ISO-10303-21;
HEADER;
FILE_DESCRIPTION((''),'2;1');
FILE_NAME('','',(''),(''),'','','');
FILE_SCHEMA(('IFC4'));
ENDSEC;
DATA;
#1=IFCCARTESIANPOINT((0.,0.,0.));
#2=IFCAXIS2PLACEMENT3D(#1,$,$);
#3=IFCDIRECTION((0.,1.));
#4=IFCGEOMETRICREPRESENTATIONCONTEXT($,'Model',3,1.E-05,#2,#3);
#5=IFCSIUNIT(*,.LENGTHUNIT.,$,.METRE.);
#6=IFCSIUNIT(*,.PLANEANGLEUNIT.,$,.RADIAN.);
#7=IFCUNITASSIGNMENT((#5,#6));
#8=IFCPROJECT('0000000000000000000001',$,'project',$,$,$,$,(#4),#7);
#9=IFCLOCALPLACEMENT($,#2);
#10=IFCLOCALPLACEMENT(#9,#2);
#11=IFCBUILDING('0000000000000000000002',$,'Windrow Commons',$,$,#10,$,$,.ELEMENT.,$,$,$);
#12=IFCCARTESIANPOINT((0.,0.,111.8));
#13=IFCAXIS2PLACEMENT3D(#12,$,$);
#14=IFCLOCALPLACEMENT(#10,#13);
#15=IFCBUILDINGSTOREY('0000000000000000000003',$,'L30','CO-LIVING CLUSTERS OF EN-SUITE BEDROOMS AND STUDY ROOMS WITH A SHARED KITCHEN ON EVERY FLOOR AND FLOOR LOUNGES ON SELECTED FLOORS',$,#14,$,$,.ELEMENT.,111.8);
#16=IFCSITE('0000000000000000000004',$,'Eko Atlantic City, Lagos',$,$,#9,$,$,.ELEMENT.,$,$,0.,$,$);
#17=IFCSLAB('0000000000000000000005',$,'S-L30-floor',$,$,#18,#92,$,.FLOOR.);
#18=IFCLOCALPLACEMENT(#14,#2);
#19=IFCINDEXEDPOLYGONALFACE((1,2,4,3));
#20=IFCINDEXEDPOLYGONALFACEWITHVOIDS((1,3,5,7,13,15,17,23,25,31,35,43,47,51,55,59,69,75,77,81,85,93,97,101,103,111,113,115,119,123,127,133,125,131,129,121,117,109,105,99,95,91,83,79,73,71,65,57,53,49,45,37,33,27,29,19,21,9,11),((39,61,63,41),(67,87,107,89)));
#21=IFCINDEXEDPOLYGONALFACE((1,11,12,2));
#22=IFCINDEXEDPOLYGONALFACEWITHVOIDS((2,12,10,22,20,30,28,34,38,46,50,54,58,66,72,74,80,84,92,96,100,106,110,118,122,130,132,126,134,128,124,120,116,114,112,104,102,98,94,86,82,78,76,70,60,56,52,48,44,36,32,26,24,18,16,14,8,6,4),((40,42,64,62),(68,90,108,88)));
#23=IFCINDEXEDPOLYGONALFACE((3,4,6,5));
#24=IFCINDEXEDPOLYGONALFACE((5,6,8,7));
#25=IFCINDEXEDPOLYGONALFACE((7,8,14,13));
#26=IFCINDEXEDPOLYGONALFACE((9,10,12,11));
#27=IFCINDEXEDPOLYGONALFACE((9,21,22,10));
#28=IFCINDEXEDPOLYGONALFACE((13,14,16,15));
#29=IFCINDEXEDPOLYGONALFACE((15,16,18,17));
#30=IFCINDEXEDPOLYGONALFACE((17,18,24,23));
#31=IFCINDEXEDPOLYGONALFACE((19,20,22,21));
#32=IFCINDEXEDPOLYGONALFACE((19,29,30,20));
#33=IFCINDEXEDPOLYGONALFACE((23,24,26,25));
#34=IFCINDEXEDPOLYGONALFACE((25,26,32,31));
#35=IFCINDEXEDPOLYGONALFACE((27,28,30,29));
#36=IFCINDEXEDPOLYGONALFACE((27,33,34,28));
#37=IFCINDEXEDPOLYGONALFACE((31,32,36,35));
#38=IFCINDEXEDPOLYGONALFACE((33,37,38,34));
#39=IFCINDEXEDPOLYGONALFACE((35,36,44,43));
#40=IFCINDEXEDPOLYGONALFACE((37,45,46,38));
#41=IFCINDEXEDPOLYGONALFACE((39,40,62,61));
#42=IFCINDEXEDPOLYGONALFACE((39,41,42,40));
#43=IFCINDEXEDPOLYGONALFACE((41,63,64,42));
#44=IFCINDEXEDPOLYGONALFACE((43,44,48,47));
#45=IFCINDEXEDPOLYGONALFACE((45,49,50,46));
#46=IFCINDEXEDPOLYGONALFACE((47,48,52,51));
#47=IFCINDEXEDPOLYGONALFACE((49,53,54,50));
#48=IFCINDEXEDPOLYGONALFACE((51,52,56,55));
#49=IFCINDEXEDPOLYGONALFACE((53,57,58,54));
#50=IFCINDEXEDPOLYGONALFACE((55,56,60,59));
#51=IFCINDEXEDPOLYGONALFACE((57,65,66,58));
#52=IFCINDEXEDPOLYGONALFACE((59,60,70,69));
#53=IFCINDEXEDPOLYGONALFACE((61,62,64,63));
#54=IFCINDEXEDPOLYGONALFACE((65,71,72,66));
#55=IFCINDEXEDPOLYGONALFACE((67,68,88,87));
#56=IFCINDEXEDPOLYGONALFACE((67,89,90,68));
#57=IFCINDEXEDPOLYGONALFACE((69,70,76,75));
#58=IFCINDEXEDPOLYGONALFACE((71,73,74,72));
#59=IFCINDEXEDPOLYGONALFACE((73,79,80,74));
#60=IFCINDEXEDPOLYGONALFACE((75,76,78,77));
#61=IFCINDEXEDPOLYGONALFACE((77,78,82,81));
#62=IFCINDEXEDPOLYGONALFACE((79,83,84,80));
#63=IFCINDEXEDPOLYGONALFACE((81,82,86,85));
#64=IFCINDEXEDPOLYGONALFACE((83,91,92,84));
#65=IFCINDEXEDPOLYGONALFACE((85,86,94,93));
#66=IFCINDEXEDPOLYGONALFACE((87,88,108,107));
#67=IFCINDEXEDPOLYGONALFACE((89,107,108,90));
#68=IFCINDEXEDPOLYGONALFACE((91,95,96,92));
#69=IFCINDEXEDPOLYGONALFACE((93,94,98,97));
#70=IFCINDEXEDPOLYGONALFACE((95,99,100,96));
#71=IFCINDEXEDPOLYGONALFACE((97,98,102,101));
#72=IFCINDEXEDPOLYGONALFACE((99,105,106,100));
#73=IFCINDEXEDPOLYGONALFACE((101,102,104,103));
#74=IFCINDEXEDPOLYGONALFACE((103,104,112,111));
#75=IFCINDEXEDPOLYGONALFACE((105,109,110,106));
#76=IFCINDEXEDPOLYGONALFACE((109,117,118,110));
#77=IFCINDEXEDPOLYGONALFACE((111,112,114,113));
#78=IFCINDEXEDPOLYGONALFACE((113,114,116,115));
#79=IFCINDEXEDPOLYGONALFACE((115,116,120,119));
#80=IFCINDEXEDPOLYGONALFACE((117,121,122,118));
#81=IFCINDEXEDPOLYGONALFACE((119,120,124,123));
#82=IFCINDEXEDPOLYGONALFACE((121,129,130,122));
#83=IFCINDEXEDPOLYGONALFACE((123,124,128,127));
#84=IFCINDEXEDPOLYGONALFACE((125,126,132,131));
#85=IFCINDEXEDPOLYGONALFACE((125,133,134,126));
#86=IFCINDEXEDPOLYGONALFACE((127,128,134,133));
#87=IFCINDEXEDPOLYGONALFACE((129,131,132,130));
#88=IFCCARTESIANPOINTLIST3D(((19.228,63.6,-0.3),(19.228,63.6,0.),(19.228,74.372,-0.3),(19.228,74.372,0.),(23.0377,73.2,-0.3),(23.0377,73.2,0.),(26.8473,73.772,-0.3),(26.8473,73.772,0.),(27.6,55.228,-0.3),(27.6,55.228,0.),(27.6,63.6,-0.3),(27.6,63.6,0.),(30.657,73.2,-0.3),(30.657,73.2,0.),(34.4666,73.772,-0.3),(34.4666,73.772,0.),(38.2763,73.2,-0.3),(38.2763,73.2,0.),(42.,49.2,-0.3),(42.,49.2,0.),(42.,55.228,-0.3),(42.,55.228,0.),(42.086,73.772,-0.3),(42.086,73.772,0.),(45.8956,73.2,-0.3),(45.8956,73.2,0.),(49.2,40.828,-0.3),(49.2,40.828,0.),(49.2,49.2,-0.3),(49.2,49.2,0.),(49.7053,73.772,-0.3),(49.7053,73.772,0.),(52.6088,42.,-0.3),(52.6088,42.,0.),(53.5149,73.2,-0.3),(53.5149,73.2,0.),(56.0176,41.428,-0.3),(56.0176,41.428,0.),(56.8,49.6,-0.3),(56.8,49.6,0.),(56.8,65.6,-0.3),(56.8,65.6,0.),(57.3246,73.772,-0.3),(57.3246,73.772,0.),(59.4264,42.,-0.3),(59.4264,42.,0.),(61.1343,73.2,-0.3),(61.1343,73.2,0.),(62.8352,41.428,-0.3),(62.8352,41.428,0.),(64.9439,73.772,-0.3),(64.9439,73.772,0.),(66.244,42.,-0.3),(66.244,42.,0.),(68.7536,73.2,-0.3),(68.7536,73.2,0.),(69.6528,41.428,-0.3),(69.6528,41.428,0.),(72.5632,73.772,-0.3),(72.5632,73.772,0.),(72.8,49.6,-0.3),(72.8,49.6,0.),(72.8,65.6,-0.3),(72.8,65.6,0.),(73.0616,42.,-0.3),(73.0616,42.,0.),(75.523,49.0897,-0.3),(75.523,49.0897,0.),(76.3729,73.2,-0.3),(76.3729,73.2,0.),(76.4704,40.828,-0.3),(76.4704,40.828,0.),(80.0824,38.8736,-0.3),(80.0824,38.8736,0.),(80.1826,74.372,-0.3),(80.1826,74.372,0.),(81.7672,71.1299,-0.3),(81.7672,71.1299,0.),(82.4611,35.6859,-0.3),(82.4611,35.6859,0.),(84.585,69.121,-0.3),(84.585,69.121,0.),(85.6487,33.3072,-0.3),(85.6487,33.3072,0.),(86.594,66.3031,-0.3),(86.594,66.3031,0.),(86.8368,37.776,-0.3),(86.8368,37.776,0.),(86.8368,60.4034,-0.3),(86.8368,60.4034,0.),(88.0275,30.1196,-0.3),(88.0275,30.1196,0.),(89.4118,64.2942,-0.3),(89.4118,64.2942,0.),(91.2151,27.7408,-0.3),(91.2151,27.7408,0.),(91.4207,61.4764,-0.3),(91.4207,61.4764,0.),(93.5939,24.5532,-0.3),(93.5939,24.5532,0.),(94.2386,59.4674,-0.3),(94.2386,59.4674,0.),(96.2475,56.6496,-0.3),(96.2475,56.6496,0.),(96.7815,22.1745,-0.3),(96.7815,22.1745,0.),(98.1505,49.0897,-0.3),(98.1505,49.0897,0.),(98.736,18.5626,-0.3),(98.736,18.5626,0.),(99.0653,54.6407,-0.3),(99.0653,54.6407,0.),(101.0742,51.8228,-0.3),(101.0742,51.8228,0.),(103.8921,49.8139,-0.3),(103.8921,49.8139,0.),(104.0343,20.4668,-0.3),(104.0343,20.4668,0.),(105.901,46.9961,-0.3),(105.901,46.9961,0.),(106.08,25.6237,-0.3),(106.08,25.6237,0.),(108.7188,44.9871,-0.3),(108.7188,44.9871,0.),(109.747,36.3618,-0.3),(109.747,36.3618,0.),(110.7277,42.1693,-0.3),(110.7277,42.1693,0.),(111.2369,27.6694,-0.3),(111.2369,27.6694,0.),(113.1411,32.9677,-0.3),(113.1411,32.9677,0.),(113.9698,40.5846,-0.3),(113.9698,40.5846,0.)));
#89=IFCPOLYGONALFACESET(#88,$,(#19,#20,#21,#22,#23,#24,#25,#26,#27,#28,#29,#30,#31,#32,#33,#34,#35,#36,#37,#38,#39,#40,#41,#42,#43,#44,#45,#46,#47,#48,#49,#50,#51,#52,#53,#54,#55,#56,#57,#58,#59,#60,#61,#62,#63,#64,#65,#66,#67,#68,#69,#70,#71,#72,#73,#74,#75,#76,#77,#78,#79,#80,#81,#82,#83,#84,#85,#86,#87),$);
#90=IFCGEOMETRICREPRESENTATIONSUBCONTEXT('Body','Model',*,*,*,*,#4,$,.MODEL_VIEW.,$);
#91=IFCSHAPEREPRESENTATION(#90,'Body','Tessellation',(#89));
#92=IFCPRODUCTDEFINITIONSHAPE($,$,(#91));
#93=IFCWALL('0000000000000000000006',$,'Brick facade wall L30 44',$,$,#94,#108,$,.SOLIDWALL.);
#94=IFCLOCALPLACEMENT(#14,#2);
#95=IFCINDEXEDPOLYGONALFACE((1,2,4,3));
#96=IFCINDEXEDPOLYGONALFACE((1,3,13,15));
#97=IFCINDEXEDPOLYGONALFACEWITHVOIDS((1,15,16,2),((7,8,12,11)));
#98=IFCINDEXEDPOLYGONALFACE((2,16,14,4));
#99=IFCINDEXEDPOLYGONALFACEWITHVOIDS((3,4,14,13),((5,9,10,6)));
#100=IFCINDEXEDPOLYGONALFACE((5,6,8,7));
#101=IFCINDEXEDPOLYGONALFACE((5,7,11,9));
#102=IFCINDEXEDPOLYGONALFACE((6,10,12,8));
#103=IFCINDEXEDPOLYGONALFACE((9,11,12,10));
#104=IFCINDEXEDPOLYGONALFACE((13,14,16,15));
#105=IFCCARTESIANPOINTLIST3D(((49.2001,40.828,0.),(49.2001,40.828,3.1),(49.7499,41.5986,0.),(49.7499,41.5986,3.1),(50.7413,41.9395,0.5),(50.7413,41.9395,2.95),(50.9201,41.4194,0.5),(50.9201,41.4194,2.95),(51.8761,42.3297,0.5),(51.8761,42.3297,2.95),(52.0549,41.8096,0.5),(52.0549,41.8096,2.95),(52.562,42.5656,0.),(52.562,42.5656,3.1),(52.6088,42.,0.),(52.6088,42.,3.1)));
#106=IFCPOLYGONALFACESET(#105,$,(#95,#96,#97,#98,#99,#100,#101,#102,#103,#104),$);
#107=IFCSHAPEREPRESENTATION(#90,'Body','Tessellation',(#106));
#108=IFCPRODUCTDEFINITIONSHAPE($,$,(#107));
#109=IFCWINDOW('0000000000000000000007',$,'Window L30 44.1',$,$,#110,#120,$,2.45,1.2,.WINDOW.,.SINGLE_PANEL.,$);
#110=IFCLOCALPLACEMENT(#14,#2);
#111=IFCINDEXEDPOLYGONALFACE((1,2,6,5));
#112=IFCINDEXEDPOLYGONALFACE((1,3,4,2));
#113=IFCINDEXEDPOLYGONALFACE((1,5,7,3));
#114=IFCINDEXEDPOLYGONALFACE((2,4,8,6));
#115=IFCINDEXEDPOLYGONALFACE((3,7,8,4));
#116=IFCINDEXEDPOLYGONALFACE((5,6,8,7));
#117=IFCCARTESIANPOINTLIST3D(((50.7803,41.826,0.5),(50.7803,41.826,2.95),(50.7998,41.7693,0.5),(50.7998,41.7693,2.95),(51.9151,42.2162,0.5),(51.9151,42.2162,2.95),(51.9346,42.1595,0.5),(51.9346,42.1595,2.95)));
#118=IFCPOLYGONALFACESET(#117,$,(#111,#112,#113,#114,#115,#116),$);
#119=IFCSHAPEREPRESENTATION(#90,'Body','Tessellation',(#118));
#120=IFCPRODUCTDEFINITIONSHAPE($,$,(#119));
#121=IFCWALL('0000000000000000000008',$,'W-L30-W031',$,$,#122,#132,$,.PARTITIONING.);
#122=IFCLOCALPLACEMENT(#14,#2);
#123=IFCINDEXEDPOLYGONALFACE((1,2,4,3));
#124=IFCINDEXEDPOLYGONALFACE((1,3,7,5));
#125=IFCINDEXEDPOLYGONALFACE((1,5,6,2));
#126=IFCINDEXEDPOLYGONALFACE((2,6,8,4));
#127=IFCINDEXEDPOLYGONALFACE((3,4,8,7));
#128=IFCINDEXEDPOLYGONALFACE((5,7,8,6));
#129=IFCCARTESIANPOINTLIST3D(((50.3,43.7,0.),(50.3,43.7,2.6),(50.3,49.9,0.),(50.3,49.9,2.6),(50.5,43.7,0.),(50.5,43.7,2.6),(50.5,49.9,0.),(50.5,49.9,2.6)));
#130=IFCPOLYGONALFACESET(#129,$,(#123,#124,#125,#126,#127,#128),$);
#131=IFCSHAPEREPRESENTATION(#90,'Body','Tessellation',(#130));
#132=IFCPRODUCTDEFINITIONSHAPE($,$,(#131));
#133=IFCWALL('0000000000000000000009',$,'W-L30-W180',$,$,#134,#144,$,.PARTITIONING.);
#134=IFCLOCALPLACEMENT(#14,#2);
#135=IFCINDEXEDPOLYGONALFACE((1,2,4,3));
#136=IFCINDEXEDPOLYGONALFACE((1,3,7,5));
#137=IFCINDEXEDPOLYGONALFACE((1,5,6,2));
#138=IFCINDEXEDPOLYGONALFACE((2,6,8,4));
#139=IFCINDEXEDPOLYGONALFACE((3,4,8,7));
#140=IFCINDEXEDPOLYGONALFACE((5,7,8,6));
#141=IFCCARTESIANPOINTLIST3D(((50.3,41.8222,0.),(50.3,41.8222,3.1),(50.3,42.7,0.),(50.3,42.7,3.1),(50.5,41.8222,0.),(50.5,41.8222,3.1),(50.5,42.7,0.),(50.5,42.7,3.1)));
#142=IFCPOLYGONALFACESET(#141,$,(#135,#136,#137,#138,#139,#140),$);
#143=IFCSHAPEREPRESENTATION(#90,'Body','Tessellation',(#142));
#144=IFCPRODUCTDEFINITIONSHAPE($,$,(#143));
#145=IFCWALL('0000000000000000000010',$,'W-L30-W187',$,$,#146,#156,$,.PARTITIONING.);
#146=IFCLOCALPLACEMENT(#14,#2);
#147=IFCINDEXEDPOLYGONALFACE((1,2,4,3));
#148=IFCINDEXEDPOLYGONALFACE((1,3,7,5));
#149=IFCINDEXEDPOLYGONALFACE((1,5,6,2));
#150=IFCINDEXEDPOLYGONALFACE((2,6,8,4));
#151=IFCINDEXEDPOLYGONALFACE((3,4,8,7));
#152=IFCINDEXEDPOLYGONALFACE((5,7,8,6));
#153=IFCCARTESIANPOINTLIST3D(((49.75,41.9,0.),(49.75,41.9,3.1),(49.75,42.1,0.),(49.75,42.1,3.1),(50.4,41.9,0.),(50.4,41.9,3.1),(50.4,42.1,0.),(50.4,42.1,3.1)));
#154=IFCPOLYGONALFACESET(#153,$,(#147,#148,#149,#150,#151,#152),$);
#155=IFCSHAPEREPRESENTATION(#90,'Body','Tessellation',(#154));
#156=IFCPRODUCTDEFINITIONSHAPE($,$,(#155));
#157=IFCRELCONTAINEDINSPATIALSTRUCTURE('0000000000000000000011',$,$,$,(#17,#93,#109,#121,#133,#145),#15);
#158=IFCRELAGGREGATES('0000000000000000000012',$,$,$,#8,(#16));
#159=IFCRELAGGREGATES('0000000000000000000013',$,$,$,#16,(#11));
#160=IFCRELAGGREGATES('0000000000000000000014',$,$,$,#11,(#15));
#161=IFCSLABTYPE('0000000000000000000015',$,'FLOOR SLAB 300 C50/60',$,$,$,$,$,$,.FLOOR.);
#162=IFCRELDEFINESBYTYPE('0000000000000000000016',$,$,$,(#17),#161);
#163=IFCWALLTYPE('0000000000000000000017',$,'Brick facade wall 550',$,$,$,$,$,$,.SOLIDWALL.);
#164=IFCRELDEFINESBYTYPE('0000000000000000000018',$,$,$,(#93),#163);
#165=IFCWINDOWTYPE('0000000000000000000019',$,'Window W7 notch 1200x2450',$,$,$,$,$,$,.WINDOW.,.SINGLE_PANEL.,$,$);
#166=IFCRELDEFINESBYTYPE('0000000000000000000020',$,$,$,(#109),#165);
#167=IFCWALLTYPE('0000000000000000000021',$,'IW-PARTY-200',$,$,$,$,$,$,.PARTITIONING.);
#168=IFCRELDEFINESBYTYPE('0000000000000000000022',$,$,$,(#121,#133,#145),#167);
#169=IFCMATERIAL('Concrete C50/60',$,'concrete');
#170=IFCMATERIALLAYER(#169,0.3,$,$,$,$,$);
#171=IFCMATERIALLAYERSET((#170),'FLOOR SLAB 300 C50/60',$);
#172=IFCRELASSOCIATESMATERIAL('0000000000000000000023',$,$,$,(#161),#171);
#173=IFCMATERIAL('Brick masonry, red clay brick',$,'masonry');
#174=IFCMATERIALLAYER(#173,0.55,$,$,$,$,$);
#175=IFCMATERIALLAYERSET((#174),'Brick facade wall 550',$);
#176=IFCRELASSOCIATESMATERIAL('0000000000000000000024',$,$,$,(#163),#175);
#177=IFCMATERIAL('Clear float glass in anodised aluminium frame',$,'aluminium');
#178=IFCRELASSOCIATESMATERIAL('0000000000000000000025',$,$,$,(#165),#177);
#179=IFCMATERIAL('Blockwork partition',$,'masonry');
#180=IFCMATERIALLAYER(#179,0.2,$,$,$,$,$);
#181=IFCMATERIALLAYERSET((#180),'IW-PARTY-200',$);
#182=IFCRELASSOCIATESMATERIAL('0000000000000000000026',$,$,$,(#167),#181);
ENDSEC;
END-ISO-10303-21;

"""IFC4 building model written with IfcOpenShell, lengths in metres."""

from ifc_helpers import new_model, si_unit, direction, frame, frame_2d, origin, place, context, subcontext, project, spatial, polyline, rectangle, outline, extrude, material, layer, layer_set, type_object, element, fill, save


model = new_model("IFC4")

# Units and contexts
model_context = context("Model", 3, precision=1e-05, world=origin(), true_north=direction((0.0, 1.0)))
body_context = subcontext(model_context, "Body", "Model", "MODEL_VIEW")
ifc_project = project(units=[si_unit("LENGTHUNIT", "METRE"), si_unit("PLANEANGLEUNIT", "RADIAN")], contexts=[model_context])

# Site, building, storey
site_placement = place(None, origin())
site = spatial("IfcSite", under=ifc_project, at=site_placement, Name="Eko Atlantic City, Lagos", CompositionType="ELEMENT", RefElevation=0.0)
building_placement = place(site_placement, origin())
building = spatial("IfcBuilding", under=site, at=building_placement, Name="Windrow Commons", CompositionType="ELEMENT")
storey_placement = place(building_placement, frame((0.0, 0.0, 111.8)))
storey = spatial("IfcBuildingStorey", under=building, at=storey_placement, Name="L30", Description="CO-LIVING CLUSTERS OF EN-SUITE BEDROOMS AND STUDY ROOMS WITH A SHARED KITCHEN ON EVERY FLOOR AND FLOOR LOUNGES ON SELECTED FLOORS", CompositionType="ELEMENT", Elevation=111.8)

# Shared definitions
placement_1 = place(storey_placement, frame((0.0, 0.0, -0.3)))

# Slab, openings
ifc_material_1 = material(Name="Concrete C50/60", Category="concrete")
ifc_layer_1 = layer(ifc_material_1, 0.3)
ifc_layer_set_1 = layer_set([ifc_layer_1], Name="FLOOR SLAB 300 C50/60")
slab_type_1 = type_object("IfcSlabType", Name="FLOOR SLAB 300 C50/60", PredefinedType="FLOOR", material=ifc_layer_set_1)
slab_1 = element("IfcSlab", 1, at=placement_1, inside=storey, type_object=slab_type_1, Name="S-L30-floor", PredefinedType="FLOOR", context=body_context, shape_type="SweptSolid", body=[
    extrude(outline(polyline([(96.7815, 22.1745), (98.736, 18.5626), (104.0343, 20.4668), (106.08, 25.6237), (111.2369, 27.6694), (113.1411, 32.9677), (109.747, 36.3618), (113.9698, 40.5846), (110.7277, 42.1693), (108.7188, 44.9871), (105.901, 46.9961), (103.8921, 49.8139), (101.0742, 51.8228), (99.0653, 54.6407), (96.2475, 56.6496), (94.2386, 59.4674), (91.4207, 61.4764), (89.4118, 64.2942), (86.594, 66.3031), (84.585, 69.121), (81.7672, 71.1299), (80.1826, 74.372), (76.3729, 73.2), (72.5632, 73.772), (68.7536, 73.2), (64.9439, 73.772), (61.1343, 73.2), (57.3246, 73.772), (53.5149, 73.2), (49.7053, 73.772), (45.8956, 73.2), (42.086, 73.772), (38.2763, 73.2), (34.4666, 73.772), (30.657, 73.2), (26.8473, 73.772), (23.0377, 73.2), (19.228, 74.372), (19.228, 63.6), (27.6, 63.6), (27.6, 55.228), (42.0, 55.228), (42.0, 49.2), (49.2, 49.2), (49.2, 40.828), (52.6088, 42.0), (56.0176, 41.428), (59.4264, 42.0), (62.8352, 41.428), (66.244, 42.0), (69.6528, 41.428), (73.0616, 42.0), (76.4704, 40.828), (80.0824, 38.8736), (82.4611, 35.6859), (85.6487, 33.3072), (88.0275, 30.1196), (91.2151, 27.7408), (93.5939, 24.5532), (96.7815, 22.1745)]), holes=[polyline([(75.523, 49.0897), (86.8368, 60.4034), (98.1505, 49.0897), (86.8368, 37.776), (75.523, 49.0897)]), polyline([(56.8, 49.6), (56.8, 65.6), (72.8, 65.6), (72.8, 49.6), (56.8, 49.6)])]), origin(), (0.0, 0.0, 1.0), 0.3),
])
opening_1_placement = place(placement_1, origin())
element("IfcOpeningElement", 2, at=opening_1_placement, cuts=slab_1, PredefinedType="OPENING", context=body_context, shape_type="SweptSolid", body=[
    extrude(outline(polyline([(75.5301, 49.0897), (86.8368, 60.3963), (98.1434, 49.0897), (86.8368, 37.7831), (75.5301, 49.0897)])), origin(), (0.0, 0.0, 1.0), 0.3),
])
opening_2_placement = place(placement_1, origin())
element("IfcOpeningElement", 3, at=opening_2_placement, cuts=slab_1, PredefinedType="OPENING", context=body_context, shape_type="SweptSolid", body=[
    extrude(outline(polyline([(56.805, 49.605), (56.805, 65.595), (72.795, 65.595), (72.795, 49.605), (56.805, 49.605)])), origin(), (0.0, 0.0, 1.0), 0.3),
])

# Wall, opening, window
ifc_material_2 = material(Name="Brick masonry, red clay brick", Category="masonry")
ifc_layer_2 = layer(ifc_material_2, 0.55)
ifc_layer_set_2 = layer_set([ifc_layer_2], Name="Brick facade wall 550")
wall_type_1 = type_object("IfcWallType", Name="Brick facade wall 550", PredefinedType="SOLIDWALL", material=ifc_layer_set_2)
wall_1_placement = place(storey_placement, frame((49.475, 41.2133, 0.0), z_axis=(0.0, 0.0, 1.0), x_axis=(0.945659, 0.325161, 0.0)))
wall_1 = element("IfcWall", 4, at=wall_1_placement, inside=storey, type_object=wall_type_1, Name="Brick facade wall L30 44", PredefinedType="SOLIDWALL", context=body_context, shape_type="SweptSolid", body=[
    extrude(outline(polyline([(-0.3853, -0.275), (3.2193, -0.275), (3.359, 0.275), (0.3853, 0.275), (-0.3853, -0.275)])), origin(), (0.0, 0.0, 1.0), 3.1),
])
opening_3_placement = place(wall_1_placement, frame((1.4336, 0.0, 0.5)))
opening_3 = element("IfcOpeningElement", 5, at=opening_3_placement, cuts=wall_1, PredefinedType="OPENING", context=body_context, shape_type="SweptSolid", body=[
    extrude(rectangle(XDim=1.2, YDim=2.45, at=frame_2d((0.6, 1.225))), frame((0.0, 0.285, 0.0), z_axis=(0.0, -1.0, 0.0), x_axis=(1.0, 0.0, 0.0)), (0.0, 0.0, 1.0), 0.57),
])
ifc_material_3 = material(Name="Clear float glass in anodised aluminium frame", Category="aluminium")
window_type = type_object("IfcWindowType", Name="Window W7 notch 1200x2450", PartitioningType="SINGLE_PANEL", PredefinedType="WINDOW", material=ifc_material_3)
window_placement = place(opening_3_placement, origin())
window = element("IfcWindow", 6, at=window_placement, inside=storey, type_object=window_type, Name="Window L30 44.1", OverallHeight=2.45, OverallWidth=1.2, PartitioningType="SINGLE_PANEL", PredefinedType="WINDOW", context=body_context, shape_type="SweptSolid", body=[
    extrude(rectangle(XDim=1.2, YDim=2.45, at=frame_2d((0.6, 1.225))), frame((0.0, 0.155, 0.0), z_axis=(0.0, -1.0, 0.0), x_axis=(1.0, 0.0, 0.0)), (0.0, 0.0, 1.0), 0.06),
])
fill(opening_3, window)

# Walls
ifc_material_4 = material(Name="Blockwork partition", Category="masonry")
ifc_layer_3 = layer(ifc_material_4, 0.2)
ifc_layer_set_3 = layer_set([ifc_layer_3], Name="IW-PARTY-200")
wall_type_2 = type_object("IfcWallType", Name="IW-PARTY-200", PredefinedType="PARTITIONING", material=ifc_layer_set_3)
wall_2_placement = place(storey_placement, frame((50.4, 43.7, 0.0), z_axis=(0.0, 0.0, 1.0), x_axis=(0.0, 1.0, 0.0)))
element("IfcWall", 7, at=wall_2_placement, inside=storey, type_object=wall_type_2, Name="W-L30-W031", PredefinedType="PARTITIONING", context=body_context, shape_type="SweptSolid", body=[
    extrude(rectangle(XDim=6.2, YDim=0.2, at=frame_2d((3.1, 0.0))), origin(), (0.0, 0.0, 1.0), 2.6),
])
wall_3_placement = place(storey_placement, frame((50.4, 41.8222, 0.0), z_axis=(0.0, 0.0, 1.0), x_axis=(0.0, 1.0, 0.0)))
element("IfcWall", 8, at=wall_3_placement, inside=storey, type_object=wall_type_2, Name="W-L30-W180", PredefinedType="PARTITIONING", context=body_context, shape_type="SweptSolid", body=[
    extrude(rectangle(XDim=0.8778, YDim=0.2, at=frame_2d((0.4389, 0.0))), origin(), (0.0, 0.0, 1.0), 3.1),
])
wall_4_placement = place(storey_placement, frame((49.75, 42.0, 0.0), z_axis=(0.0, 0.0, 1.0), x_axis=(1.0, 0.0, 0.0)))
element("IfcWall", 9, at=wall_4_placement, inside=storey, type_object=wall_type_2, Name="W-L30-W187", PredefinedType="PARTITIONING", context=body_context, shape_type="SweptSolid", body=[
    extrude(rectangle(XDim=0.65, YDim=0.2, at=frame_2d((0.325, 0.0))), origin(), (0.0, 0.0, 1.0), 3.1),
])

save(model, "model.ifc")
